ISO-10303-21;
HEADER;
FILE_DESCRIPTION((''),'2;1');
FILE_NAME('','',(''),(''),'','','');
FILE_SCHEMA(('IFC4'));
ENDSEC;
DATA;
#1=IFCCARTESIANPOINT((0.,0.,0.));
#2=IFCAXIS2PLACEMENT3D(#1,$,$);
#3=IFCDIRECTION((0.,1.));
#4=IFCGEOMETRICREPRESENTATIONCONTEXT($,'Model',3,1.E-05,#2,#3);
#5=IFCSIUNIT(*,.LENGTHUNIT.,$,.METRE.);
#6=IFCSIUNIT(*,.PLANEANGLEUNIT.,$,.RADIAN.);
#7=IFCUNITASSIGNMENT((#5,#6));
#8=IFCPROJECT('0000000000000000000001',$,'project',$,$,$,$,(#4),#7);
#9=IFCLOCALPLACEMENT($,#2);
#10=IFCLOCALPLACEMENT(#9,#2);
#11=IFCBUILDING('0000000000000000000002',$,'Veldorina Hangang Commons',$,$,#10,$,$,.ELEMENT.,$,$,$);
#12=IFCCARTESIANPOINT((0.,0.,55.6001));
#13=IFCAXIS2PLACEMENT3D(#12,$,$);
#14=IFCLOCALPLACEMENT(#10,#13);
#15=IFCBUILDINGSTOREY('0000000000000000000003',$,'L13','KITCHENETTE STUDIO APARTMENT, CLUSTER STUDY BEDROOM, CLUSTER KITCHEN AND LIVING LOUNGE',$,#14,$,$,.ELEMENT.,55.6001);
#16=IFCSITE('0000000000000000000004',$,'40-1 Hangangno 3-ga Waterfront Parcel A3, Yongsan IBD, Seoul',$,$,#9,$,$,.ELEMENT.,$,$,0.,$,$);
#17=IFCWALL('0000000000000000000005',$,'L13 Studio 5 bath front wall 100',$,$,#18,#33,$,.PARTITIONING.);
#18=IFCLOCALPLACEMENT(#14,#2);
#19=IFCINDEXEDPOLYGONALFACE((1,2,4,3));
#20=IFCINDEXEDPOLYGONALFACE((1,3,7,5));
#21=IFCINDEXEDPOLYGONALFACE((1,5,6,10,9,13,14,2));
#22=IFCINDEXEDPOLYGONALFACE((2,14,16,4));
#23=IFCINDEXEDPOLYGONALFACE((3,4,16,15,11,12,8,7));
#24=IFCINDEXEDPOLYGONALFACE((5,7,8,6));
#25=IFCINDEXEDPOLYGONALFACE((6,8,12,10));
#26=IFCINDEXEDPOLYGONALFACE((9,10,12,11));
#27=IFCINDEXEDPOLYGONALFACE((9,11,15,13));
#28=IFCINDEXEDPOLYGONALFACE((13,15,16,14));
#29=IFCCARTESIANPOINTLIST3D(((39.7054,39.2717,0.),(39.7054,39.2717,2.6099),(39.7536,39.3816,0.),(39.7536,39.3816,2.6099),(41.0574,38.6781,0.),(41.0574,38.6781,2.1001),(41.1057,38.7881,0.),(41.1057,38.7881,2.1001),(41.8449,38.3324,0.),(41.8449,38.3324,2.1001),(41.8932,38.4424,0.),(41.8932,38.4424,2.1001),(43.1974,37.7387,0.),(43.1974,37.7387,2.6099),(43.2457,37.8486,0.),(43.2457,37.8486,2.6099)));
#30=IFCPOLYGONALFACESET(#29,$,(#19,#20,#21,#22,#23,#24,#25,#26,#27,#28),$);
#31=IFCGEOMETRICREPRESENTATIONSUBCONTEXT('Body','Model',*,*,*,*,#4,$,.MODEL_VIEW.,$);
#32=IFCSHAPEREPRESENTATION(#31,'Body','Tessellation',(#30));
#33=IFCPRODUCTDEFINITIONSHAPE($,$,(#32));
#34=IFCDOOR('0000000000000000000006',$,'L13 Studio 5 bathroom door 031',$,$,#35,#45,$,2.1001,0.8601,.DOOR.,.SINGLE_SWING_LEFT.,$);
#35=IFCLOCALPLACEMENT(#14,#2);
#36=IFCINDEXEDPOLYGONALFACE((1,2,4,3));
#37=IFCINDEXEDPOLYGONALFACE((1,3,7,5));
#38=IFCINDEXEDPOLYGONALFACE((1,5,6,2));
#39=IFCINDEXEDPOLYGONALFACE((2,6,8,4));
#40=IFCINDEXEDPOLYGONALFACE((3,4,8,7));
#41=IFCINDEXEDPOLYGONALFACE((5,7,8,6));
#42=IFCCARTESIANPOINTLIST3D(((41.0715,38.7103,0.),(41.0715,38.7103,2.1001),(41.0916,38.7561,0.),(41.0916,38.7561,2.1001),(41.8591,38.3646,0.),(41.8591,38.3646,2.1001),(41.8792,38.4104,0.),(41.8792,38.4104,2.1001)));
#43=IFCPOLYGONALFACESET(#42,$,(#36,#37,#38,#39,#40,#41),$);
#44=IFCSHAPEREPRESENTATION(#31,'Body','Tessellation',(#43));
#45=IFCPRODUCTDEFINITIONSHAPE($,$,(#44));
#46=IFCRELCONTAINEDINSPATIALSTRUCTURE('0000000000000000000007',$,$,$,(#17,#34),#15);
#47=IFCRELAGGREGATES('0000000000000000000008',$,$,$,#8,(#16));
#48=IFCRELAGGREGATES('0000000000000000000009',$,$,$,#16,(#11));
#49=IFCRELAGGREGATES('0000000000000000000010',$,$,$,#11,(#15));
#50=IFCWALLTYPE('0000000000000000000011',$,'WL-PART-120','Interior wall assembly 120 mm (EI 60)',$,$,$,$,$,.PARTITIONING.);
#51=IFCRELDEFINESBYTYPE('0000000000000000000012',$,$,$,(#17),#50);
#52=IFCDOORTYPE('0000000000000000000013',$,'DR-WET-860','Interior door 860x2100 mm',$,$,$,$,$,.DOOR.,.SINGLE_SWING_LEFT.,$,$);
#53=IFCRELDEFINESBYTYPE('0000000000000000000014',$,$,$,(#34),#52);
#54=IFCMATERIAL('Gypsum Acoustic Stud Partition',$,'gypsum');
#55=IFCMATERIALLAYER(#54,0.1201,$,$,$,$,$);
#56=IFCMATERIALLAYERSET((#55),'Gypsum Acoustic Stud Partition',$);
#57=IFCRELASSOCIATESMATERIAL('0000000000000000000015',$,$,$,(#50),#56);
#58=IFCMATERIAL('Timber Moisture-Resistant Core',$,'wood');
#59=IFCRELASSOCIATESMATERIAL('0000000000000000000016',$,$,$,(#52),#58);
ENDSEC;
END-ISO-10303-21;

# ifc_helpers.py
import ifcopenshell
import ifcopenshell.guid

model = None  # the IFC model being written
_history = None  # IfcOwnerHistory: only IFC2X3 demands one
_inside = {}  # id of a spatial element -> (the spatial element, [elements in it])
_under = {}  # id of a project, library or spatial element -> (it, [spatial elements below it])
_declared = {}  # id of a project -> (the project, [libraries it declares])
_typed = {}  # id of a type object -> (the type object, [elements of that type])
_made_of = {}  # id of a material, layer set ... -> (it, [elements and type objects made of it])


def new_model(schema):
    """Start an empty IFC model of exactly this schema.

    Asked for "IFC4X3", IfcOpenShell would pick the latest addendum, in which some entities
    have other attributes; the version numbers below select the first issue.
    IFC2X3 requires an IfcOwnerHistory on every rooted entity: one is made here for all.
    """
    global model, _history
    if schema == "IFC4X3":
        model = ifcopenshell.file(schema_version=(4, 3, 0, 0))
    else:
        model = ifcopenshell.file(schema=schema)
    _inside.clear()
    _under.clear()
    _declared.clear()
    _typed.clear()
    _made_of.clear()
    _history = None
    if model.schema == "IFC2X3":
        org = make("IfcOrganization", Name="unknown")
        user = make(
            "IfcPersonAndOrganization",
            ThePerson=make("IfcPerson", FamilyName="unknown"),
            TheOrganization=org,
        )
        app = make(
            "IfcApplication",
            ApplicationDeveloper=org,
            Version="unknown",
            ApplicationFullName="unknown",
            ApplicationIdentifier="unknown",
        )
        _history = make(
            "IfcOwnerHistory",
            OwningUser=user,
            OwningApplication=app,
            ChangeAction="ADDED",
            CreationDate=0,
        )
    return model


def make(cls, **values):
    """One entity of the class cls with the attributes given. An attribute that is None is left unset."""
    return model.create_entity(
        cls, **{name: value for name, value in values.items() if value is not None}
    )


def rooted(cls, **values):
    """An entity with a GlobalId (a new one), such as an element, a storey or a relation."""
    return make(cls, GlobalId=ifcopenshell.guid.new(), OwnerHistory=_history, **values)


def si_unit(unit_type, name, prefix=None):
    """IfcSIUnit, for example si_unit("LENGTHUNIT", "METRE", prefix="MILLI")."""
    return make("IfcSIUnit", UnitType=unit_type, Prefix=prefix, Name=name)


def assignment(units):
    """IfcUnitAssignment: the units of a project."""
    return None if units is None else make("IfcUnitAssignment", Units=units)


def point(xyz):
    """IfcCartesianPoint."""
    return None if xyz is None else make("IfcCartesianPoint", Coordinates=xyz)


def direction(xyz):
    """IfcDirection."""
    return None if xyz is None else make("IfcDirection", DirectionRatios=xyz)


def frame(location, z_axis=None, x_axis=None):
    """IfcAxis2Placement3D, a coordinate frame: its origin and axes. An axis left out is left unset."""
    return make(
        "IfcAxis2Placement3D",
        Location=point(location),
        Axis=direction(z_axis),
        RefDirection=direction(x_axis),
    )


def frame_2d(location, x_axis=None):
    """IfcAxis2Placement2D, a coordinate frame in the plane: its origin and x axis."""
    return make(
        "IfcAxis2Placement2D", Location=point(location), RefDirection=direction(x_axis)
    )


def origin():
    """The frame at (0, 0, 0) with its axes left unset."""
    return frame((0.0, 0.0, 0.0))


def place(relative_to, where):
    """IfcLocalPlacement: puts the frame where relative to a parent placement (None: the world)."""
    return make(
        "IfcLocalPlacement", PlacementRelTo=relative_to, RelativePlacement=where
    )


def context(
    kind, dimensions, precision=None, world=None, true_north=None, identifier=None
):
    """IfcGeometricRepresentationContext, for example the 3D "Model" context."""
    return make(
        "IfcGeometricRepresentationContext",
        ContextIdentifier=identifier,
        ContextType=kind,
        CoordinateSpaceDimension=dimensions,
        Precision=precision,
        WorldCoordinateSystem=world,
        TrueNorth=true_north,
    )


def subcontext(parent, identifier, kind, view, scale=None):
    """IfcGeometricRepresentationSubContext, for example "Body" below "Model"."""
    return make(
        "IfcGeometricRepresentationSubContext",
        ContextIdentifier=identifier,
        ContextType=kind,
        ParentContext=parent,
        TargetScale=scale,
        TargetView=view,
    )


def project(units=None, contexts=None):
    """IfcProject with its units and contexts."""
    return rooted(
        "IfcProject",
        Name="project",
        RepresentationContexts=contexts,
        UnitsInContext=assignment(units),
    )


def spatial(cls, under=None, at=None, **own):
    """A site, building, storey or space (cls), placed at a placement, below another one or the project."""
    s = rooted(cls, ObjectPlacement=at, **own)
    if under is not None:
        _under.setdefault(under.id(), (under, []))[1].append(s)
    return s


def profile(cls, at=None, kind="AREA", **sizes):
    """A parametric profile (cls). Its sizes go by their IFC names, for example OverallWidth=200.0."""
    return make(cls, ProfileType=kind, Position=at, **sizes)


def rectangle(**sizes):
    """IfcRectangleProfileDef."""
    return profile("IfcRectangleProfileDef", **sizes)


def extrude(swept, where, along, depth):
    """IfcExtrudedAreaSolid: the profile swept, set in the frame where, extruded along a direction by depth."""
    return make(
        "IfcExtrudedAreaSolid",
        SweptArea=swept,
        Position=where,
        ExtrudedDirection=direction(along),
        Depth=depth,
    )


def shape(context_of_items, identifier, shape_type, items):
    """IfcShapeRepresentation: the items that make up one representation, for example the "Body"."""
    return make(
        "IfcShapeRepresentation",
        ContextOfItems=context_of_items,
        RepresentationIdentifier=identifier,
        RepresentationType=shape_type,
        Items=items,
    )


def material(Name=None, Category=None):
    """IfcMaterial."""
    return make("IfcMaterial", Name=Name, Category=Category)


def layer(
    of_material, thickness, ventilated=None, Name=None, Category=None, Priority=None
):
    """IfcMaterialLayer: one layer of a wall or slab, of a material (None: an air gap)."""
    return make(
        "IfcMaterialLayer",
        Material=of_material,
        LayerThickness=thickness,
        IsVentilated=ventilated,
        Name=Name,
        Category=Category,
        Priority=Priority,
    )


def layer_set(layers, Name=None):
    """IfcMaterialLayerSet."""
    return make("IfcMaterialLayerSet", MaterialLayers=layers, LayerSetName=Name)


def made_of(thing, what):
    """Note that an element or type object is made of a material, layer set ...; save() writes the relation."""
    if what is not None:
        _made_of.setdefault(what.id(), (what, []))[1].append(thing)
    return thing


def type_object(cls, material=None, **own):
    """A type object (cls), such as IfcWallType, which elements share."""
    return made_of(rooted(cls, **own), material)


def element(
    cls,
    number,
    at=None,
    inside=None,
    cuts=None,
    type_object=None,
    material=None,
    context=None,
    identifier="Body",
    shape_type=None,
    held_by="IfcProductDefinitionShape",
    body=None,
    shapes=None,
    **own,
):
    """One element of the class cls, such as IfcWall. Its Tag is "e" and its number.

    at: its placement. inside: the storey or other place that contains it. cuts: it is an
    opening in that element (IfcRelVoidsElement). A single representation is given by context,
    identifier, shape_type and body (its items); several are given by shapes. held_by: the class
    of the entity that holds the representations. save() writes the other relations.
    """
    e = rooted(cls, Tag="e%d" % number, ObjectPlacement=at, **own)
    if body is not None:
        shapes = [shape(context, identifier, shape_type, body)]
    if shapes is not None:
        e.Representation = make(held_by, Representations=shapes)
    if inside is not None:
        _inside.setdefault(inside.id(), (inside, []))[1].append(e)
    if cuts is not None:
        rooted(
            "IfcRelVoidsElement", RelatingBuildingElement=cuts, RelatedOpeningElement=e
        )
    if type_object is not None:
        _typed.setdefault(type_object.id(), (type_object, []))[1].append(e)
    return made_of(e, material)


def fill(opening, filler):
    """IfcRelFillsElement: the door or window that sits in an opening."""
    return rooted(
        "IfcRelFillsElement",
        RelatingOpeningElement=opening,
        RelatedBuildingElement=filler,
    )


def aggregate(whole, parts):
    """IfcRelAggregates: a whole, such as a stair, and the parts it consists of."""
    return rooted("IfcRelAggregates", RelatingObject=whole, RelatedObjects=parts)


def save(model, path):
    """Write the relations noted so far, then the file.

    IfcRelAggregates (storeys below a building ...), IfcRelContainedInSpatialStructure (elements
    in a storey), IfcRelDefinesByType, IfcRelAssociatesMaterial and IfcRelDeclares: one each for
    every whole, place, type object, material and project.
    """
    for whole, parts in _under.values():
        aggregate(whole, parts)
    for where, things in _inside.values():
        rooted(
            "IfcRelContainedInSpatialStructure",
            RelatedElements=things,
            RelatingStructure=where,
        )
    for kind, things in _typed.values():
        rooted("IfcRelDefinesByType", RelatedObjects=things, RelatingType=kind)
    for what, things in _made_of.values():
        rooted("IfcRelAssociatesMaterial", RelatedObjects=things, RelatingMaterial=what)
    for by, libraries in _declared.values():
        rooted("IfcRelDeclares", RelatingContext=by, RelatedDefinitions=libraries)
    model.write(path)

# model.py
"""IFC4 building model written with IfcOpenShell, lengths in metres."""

from ifc_helpers import new_model, si_unit, direction, frame, frame_2d, origin, place, context, subcontext, project, spatial, rectangle, extrude, material, layer, layer_set, type_object, element, fill, save


model = new_model("IFC4")

# Units and contexts
model_context = context("Model", 3, precision=1e-05, world=origin(), true_north=direction((0.0, 1.0)))
body_context = subcontext(model_context, "Body", "Model", "MODEL_VIEW")
ifc_project = project(units=[si_unit("LENGTHUNIT", "METRE"), si_unit("PLANEANGLEUNIT", "RADIAN")], contexts=[model_context])

# Site, building, storey
site_placement = place(None, origin())
site = spatial("IfcSite", under=ifc_project, at=site_placement, Name="40-1 Hangangno 3-ga Waterfront Parcel A3, Yongsan IBD, Seoul", CompositionType="ELEMENT", RefElevation=0.0)
building_placement = place(site_placement, origin())
building = spatial("IfcBuilding", under=site, at=building_placement, Name="Veldorina Hangang Commons", CompositionType="ELEMENT")
storey_placement = place(building_placement, frame((0.0, 0.0, 55.6001)))
storey = spatial("IfcBuildingStorey", under=building, at=storey_placement, Name="L13", Description="KITCHENETTE STUDIO APARTMENT, CLUSTER STUDY BEDROOM, CLUSTER KITCHEN AND LIVING LOUNGE", CompositionType="ELEMENT", Elevation=55.6001)

# Shared definitions
ifc_material_1 = material(Name="Gypsum Acoustic Stud Partition", Category="gypsum")
ifc_layer_1 = layer(ifc_material_1, 0.1201)
ifc_layer_set_1 = layer_set([ifc_layer_1], Name="Gypsum Acoustic Stud Partition")
wall_type_1 = type_object("IfcWallType", Name="WL-PART-120", Description="Interior wall assembly 120 mm (EI 60)", PredefinedType="PARTITIONING", material=ifc_layer_set_1)
ifc_material_2 = material(Name="Timber Moisture-Resistant Core", Category="wood")
door_type_1 = type_object("IfcDoorType", Name="DR-WET-860", Description="Interior door 860x2100 mm", OperationType="SINGLE_SWING_LEFT", PredefinedType="DOOR", material=ifc_material_2)

# Wall, opening, door
wall_1_placement = place(storey_placement, frame((43.2214, 37.7937, 0.0), z_axis=(0.0, 0.0, 1.0), x_axis=(-0.915653, 0.40197, 0.0)))
wall_1 = element("IfcWall", 1, at=wall_1_placement, inside=storey, type_object=wall_type_1, Name="L13 Studio 5 bath front wall 100", PredefinedType="PARTITIONING", context=body_context, shape_type="SweptSolid", body=[
    extrude(rectangle(XDim=3.8137, YDim=0.1201, at=frame_2d((1.9067, 0.0))), origin(), (0.0, 0.0, 1.0), 2.6099),
])
opening_1_placement = place(wall_1_placement, frame((1.4768, 0.0, 0.0)))
opening_1 = element("IfcOpeningElement", 2, at=opening_1_placement, cuts=wall_1, PredefinedType="OPENING", context=body_context, shape_type="SweptSolid", body=[
    extrude(rectangle(XDim=0.8601, YDim=2.1001, at=frame_2d((0.4302, 1.05))), frame((0.0, 0.0701, 0.0), z_axis=(0.0, -1.0, 0.0), x_axis=(1.0, 0.0, 0.0)), (0.0, 0.0, 1.0), 0.1401),
])
door_1_placement = place(opening_1_placement, origin())
door_1 = element("IfcDoor", 3, at=door_1_placement, inside=storey, type_object=door_type_1, Name="L13 Studio 5 bathroom door 031", OperationType="SINGLE_SWING_LEFT", OverallHeight=2.1001, OverallWidth=0.8601, PredefinedType="DOOR", context=body_context, shape_type="SweptSolid", body=[
    extrude(rectangle(XDim=0.8601, YDim=2.1001, at=frame_2d((0.4302, 1.05))), frame((0.0, 0.0249, 0.0), z_axis=(0.0, -1.0, 0.0), x_axis=(1.0, 0.0, 0.0)), (0.0, 0.0, 1.0), 0.05),
])
fill(opening_1, door_1)

save(model, "model.ifc")
